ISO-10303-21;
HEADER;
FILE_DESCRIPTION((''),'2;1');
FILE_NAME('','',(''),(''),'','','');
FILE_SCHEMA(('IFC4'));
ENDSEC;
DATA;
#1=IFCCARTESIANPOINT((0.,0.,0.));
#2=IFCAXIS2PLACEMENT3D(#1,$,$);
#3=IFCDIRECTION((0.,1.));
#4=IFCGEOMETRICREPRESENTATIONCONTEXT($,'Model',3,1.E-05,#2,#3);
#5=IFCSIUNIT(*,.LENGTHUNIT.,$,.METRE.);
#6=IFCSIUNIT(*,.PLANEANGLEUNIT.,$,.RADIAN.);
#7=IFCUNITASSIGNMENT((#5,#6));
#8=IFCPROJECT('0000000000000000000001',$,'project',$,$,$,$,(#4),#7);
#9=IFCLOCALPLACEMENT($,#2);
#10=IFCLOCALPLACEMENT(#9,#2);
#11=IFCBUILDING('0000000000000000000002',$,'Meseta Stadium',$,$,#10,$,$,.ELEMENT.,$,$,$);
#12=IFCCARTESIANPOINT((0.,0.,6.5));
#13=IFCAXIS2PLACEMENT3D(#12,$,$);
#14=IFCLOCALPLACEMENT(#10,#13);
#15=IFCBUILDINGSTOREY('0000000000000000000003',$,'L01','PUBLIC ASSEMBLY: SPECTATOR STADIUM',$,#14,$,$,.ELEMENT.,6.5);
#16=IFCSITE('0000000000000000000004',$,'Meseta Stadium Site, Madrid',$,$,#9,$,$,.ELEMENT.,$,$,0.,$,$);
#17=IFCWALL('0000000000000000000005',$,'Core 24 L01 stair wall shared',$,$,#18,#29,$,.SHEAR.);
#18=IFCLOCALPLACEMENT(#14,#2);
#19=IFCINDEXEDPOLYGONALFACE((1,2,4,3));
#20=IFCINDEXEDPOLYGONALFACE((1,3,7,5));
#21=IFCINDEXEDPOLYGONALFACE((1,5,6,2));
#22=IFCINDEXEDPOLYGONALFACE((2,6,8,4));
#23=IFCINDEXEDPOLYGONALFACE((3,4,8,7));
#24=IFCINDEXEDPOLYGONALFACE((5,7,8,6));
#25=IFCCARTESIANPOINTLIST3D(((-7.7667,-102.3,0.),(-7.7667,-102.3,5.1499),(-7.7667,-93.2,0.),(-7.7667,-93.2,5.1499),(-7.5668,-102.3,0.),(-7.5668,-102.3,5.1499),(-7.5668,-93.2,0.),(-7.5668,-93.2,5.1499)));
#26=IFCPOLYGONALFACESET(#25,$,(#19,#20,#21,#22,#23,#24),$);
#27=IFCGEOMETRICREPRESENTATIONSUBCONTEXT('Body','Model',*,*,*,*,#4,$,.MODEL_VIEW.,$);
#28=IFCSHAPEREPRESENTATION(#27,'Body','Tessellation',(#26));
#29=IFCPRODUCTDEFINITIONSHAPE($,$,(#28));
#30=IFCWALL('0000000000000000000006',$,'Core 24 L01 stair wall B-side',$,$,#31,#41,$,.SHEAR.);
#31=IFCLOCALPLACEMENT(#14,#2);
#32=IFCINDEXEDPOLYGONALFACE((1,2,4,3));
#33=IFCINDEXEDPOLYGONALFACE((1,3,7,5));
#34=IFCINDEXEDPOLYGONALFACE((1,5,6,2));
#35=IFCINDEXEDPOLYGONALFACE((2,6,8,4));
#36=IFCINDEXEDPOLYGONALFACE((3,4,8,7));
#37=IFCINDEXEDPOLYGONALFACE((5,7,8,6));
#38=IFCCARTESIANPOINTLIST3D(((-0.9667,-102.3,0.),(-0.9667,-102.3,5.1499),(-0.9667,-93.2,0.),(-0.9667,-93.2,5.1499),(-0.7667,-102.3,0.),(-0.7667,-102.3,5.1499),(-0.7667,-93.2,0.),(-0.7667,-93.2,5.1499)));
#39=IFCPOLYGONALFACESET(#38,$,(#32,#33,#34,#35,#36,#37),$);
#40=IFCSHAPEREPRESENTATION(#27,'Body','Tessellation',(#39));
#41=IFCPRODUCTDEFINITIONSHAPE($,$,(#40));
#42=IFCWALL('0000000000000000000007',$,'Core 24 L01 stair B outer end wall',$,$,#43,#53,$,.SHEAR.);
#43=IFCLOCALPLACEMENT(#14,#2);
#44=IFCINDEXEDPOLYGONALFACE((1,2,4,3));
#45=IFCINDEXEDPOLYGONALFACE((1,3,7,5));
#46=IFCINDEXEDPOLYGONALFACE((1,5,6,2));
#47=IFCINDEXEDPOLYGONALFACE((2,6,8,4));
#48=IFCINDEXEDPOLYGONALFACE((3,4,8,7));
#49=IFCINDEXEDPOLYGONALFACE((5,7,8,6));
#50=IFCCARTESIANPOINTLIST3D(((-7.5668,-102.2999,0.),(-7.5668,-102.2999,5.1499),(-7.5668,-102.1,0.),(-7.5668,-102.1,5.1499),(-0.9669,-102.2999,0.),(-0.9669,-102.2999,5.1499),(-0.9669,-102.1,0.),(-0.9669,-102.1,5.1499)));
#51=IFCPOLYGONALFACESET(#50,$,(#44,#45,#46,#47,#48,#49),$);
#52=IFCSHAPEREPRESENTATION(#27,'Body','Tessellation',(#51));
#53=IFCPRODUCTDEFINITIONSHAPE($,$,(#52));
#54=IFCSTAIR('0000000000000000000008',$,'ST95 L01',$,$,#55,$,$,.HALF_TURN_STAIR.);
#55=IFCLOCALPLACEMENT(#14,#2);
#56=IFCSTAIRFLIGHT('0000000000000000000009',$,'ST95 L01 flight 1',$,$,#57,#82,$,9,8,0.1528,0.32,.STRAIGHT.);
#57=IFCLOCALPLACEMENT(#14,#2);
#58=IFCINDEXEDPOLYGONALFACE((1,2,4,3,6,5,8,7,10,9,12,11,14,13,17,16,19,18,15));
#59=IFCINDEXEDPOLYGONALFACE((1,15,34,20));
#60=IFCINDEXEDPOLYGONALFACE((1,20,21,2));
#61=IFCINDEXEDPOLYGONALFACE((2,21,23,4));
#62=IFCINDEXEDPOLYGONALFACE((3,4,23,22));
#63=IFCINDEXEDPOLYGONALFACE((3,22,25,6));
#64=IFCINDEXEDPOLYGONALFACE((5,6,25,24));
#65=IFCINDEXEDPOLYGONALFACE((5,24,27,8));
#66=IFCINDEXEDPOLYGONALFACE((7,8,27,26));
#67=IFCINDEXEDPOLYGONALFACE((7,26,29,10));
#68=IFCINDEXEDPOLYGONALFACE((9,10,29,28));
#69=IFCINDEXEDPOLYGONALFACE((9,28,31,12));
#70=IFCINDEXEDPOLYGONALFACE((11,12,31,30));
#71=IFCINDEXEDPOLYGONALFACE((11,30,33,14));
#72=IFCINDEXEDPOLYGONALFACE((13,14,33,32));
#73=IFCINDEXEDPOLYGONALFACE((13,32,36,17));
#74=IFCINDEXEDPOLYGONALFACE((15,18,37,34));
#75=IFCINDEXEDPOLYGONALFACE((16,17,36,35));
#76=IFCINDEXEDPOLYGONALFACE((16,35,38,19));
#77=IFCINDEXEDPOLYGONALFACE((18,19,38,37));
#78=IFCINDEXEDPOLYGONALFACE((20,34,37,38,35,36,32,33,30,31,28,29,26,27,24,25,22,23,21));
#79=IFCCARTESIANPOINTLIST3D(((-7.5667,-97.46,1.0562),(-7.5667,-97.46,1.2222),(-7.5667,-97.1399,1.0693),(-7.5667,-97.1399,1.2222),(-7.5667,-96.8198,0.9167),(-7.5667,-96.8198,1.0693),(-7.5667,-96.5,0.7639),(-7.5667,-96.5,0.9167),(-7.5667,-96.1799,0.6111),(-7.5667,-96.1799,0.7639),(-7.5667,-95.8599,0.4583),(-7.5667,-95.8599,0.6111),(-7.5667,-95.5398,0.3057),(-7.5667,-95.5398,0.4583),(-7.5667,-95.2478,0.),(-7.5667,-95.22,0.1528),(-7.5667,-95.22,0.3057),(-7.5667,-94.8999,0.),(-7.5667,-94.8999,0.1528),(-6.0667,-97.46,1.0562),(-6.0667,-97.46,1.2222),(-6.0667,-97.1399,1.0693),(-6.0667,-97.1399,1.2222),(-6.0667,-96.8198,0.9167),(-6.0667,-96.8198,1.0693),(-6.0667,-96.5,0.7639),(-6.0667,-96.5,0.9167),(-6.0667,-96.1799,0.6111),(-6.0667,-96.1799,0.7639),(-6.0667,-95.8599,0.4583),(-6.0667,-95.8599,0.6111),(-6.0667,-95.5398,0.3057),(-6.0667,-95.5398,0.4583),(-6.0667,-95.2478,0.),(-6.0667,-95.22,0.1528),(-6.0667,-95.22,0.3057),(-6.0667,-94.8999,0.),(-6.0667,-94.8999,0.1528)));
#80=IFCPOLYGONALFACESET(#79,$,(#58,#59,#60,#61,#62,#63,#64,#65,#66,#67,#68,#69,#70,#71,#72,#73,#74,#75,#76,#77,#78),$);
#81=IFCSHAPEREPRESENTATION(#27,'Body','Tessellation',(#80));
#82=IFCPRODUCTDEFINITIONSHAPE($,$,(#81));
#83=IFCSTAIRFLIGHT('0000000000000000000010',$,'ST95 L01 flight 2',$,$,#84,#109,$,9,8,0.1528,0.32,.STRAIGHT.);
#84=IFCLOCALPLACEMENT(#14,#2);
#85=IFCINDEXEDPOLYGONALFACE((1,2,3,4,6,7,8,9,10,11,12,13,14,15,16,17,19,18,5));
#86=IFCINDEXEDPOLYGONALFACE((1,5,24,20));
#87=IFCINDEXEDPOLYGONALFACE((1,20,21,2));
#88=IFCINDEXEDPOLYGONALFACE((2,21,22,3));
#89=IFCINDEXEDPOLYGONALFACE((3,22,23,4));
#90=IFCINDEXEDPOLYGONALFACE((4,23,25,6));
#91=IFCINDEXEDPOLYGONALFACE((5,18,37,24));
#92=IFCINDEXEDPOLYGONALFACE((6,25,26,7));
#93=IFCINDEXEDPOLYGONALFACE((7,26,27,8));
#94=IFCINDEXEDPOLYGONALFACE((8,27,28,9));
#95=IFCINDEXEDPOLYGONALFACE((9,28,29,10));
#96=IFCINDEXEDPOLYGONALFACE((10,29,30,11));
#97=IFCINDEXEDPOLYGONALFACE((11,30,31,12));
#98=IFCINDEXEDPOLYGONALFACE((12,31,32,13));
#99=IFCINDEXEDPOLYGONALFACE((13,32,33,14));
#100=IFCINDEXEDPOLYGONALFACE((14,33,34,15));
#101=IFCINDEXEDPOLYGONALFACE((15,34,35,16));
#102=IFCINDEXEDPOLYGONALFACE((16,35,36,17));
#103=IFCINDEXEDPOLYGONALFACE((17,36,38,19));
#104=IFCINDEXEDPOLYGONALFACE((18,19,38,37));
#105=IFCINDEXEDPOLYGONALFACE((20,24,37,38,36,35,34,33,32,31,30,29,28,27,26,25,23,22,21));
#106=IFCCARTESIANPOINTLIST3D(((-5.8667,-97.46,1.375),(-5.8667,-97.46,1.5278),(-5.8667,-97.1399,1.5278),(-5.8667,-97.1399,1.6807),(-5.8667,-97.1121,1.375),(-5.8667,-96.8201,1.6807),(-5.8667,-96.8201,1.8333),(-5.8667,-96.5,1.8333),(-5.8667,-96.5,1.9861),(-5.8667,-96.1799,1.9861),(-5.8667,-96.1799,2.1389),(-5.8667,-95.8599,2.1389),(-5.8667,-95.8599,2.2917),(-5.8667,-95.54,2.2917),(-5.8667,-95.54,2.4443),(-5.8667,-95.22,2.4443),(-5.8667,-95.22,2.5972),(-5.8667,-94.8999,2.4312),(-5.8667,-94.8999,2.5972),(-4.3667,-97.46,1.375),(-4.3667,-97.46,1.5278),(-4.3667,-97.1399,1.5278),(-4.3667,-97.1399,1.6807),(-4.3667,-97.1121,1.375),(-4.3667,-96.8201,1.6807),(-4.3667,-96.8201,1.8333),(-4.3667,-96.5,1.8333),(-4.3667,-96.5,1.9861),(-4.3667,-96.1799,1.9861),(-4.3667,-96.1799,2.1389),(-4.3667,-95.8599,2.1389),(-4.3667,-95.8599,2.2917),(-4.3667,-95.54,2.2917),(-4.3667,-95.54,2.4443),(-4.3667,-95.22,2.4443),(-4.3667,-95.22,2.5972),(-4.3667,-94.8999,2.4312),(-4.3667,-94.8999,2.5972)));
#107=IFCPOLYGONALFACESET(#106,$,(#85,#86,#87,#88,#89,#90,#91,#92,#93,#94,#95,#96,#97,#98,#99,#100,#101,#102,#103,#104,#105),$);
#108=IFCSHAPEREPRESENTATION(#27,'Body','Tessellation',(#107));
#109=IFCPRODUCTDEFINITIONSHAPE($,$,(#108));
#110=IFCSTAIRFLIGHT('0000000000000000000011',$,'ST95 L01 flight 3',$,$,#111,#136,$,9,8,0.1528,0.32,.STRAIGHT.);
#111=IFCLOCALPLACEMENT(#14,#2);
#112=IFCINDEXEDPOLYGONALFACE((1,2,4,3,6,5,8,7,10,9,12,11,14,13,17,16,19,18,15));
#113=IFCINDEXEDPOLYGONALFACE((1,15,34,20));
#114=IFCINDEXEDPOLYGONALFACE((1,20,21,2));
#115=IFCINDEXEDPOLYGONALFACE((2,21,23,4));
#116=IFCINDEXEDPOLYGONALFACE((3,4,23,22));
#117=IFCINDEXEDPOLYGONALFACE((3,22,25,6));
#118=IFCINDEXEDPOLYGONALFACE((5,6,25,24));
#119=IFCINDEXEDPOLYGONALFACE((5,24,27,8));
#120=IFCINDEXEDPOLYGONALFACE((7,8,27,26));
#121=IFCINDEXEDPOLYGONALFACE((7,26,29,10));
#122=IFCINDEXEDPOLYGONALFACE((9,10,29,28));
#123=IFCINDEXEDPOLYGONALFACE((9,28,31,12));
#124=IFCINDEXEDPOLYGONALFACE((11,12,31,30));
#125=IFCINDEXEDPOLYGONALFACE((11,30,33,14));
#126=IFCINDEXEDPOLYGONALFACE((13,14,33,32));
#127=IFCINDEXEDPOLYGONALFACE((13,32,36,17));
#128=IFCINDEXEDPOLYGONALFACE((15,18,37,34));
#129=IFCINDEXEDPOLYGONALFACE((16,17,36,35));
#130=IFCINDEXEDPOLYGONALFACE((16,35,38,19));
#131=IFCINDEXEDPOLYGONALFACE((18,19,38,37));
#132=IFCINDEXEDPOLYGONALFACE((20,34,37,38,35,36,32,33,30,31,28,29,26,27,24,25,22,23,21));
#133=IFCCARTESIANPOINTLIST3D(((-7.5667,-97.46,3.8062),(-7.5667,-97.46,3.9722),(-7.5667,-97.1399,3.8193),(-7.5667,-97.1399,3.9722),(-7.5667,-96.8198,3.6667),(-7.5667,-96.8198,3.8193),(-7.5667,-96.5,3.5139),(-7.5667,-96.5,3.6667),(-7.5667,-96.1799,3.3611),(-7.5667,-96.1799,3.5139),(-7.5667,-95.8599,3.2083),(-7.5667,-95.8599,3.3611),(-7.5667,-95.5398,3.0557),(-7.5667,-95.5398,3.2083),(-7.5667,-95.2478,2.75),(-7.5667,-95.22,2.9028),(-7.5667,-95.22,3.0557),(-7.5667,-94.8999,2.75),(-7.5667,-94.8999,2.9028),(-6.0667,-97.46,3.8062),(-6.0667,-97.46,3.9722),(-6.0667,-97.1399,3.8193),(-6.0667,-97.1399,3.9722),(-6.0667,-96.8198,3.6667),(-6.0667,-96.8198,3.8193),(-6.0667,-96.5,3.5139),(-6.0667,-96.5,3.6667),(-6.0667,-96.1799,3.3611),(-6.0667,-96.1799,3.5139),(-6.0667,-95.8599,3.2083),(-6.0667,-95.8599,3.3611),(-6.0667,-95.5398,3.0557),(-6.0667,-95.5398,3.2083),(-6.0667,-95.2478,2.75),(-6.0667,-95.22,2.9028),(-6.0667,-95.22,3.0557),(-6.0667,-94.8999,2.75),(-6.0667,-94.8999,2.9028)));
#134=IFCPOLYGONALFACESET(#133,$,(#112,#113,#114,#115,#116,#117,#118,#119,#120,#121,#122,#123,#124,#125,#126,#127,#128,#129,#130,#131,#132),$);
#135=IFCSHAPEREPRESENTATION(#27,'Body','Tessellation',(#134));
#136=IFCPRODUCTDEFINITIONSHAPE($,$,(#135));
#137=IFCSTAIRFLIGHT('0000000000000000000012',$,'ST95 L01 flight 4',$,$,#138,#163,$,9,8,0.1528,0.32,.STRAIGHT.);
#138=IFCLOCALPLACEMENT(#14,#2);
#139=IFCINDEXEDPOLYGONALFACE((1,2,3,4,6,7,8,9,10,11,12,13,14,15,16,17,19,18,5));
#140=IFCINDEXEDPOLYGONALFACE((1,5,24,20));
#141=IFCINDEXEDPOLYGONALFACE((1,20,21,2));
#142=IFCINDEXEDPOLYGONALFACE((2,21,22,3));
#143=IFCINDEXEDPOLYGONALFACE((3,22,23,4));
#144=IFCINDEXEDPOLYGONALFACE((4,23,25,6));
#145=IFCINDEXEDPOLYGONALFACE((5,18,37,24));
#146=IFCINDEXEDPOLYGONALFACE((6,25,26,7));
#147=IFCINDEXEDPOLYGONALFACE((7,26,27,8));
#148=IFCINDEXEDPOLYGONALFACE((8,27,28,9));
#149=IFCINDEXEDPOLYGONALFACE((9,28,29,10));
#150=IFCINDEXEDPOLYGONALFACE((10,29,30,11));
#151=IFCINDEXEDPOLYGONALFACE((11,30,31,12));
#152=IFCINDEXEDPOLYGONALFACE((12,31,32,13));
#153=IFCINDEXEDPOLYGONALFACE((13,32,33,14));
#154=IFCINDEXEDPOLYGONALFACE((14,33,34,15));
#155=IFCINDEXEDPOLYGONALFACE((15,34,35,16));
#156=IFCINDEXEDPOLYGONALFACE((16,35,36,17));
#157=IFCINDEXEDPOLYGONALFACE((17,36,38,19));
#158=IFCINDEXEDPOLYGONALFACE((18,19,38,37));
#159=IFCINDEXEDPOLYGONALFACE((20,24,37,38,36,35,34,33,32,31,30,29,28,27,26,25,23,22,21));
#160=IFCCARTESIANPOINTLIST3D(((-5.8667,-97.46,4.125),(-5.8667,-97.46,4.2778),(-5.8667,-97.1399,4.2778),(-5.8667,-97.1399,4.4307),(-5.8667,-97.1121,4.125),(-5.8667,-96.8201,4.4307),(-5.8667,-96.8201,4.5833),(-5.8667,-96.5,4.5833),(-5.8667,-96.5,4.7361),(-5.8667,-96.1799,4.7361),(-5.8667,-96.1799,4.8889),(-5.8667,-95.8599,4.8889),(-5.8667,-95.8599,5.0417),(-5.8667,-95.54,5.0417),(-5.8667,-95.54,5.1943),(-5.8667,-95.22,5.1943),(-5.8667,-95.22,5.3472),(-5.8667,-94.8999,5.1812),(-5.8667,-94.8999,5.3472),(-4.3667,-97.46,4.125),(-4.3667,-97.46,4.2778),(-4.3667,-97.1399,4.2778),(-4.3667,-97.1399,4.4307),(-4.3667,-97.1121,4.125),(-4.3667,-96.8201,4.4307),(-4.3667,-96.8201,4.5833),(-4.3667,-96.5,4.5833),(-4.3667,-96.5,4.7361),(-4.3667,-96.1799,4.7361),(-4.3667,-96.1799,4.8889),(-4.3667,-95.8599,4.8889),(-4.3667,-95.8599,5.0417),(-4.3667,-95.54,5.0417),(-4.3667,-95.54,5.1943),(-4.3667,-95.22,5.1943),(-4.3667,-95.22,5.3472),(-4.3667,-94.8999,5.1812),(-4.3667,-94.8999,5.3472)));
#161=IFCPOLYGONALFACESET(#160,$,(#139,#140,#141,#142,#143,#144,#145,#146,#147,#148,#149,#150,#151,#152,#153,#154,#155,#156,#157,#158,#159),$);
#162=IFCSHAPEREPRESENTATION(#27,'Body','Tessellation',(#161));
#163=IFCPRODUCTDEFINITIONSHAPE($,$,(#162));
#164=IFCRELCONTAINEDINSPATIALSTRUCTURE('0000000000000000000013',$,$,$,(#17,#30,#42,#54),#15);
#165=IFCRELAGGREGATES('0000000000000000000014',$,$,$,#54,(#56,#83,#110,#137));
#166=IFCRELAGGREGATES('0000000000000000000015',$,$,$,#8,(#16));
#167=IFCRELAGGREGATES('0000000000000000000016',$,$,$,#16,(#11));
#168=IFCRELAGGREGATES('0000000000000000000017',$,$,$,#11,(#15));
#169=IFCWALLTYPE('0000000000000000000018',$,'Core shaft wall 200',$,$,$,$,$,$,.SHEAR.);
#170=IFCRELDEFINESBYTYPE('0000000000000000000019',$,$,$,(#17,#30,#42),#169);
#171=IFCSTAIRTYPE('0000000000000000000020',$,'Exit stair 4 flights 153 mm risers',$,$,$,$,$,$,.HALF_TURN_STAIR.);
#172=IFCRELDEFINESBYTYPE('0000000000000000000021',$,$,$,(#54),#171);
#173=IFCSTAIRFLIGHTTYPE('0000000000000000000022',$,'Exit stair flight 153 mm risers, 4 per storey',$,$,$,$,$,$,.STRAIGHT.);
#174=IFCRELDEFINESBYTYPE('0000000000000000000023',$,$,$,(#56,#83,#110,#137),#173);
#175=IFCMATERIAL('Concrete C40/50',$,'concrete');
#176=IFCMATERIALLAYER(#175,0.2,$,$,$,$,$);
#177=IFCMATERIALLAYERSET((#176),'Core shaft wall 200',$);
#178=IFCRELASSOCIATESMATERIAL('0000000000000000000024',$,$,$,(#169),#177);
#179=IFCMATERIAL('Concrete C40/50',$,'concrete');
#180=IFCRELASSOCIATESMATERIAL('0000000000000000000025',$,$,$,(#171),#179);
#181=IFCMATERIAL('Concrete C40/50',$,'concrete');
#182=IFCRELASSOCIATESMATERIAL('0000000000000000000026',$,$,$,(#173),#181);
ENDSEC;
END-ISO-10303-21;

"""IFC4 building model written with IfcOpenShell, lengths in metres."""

from ifc_helpers import new_model, si_unit, direction, frame, frame_2d, origin, place, context, subcontext, project, spatial, polyline, rectangle, outline, extrude, material, layer, layer_set, type_object, element, aggregate, save


model = new_model("IFC4")

# Units and contexts
model_context = context("Model", 3, precision=1e-05, world=origin(), true_north=direction((0.0, 1.0)))
body_context = subcontext(model_context, "Body", "Model", "MODEL_VIEW")
ifc_project = project(units=[si_unit("LENGTHUNIT", "METRE"), si_unit("PLANEANGLEUNIT", "RADIAN")], contexts=[model_context])

# Site, building, storey
site_placement = place(None, origin())
site = spatial("IfcSite", under=ifc_project, at=site_placement, Name="Meseta Stadium Site, Madrid", CompositionType="ELEMENT", RefElevation=0.0)
building_placement = place(site_placement, origin())
building = spatial("IfcBuilding", under=site, at=building_placement, Name="Meseta Stadium", CompositionType="ELEMENT")
storey_placement = place(building_placement, frame((0.0, 0.0, 6.5)))
storey = spatial("IfcBuildingStorey", under=building, at=storey_placement, Name="L01", Description="PUBLIC ASSEMBLY: SPECTATOR STADIUM", CompositionType="ELEMENT", Elevation=6.5)

# Walls
ifc_material_1 = material(Name="Concrete C40/50", Category="concrete")
ifc_layer_1 = layer(ifc_material_1, 0.2)
ifc_layer_set_1 = layer_set([ifc_layer_1], Name="Core shaft wall 200")
wall_type_1 = type_object("IfcWallType", Name="Core shaft wall 200", PredefinedType="SHEAR", material=ifc_layer_set_1)
for number, where, z_axis, x_axis, name in (
    (1, (-7.6667, -102.3, 0.0), (0.0, 0.0, 1.0), (0.0, 1.0, 0.0), "Core 24 L01 stair wall shared"),
    (2, (-0.8667, -102.3, 0.0), (0.0, 0.0, 1.0), (0.0, 1.0, 0.0), "Core 24 L01 stair wall B-side"),
):
    element("IfcWall", number, at=place(storey_placement, frame(where, z_axis=z_axis, x_axis=x_axis)), inside=storey, type_object=wall_type_1, Name=name, PredefinedType="SHEAR", context=body_context, shape_type="SweptSolid", body=[
        extrude(rectangle(XDim=9.1001, YDim=0.2, at=frame_2d((4.55, 0.0))), origin(), (0.0, 0.0, 1.0), 5.1499),
    ])
wall_1_placement = place(storey_placement, frame((-7.5667, -102.2, 0.0), z_axis=(0.0, 0.0, 1.0), x_axis=(1.0, 0.0, 0.0)))
element("IfcWall", 3, at=wall_1_placement, inside=storey, type_object=wall_type_1, Name="Core 24 L01 stair B outer end wall", PredefinedType="SHEAR", context=body_context, shape_type="SweptSolid", body=[
    extrude(rectangle(XDim=6.5999, YDim=0.2, at=frame_2d((3.2998, 0.0))), origin(), (0.0, 0.0, 1.0), 5.1499),
])

# Stair, stair flights
ifc_material_2 = material(Name="Concrete C40/50", Category="concrete")
stair_type = type_object("IfcStairType", Name="Exit stair 4 flights 153 mm risers", PredefinedType="HALF_TURN_STAIR", material=ifc_material_2)
stair_1_placement = place(storey_placement, origin())
stair_1 = element("IfcStair", 4, at=stair_1_placement, inside=storey, type_object=stair_type, Name="ST95 L01", PredefinedType="HALF_TURN_STAIR")
ifc_material_3 = material(Name="Concrete C40/50", Category="concrete")
stair_flight_type = type_object("IfcStairFlightType", Name="Exit stair flight 153 mm risers, 4 per storey", PredefinedType="STRAIGHT", material=ifc_material_3)
stair_flight_1_placement = place(storey_placement, frame((-6.8167, -94.8999, 0.0), z_axis=(0.0, 0.0, 1.0), x_axis=(0.0, -1.0, 0.0)))
stair_flight_1 = element("IfcStairFlight", 5, at=stair_flight_1_placement, type_object=stair_flight_type, Name="ST95 L01 flight 1", NumberOfRisers=9, NumberOfTreads=8, PredefinedType="STRAIGHT", RiserHeight=0.1528, TreadLength=0.32, context=body_context, shape_type="SweptSolid", body=[
    extrude(outline(polyline([(0.0, 0.0), (0.0, 0.1528), (0.3201, 0.1528), (0.3201, 0.3057), (0.6399, 0.3057), (0.6399, 0.4583), (0.96, 0.4583), (0.96, 0.6111), (1.28, 0.6111), (1.28, 0.7639), (1.6001, 0.7639), (1.6001, 0.9167), (1.9199, 0.9167), (1.9199, 1.0693), (2.24, 1.0693), (2.24, 1.2222), (2.5601, 1.2222), (2.5601, 1.0562), (0.3479, 0.0), (0.0, 0.0)])), frame((0.0, 0.75, 0.0), z_axis=(0.0, -1.0, 0.0), x_axis=(1.0, 0.0, 0.0)), (0.0, 0.0, 1.0), 1.5),
])
stair_flight_2_placement = place(storey_placement, frame((-5.1167, -97.46, 1.375), z_axis=(0.0, 0.0, 1.0), x_axis=(0.0, 1.0, 0.0)))
stair_flight_2 = element("IfcStairFlight", 6, at=stair_flight_2_placement, type_object=stair_flight_type, Name="ST95 L01 flight 2", NumberOfRisers=9, NumberOfTreads=8, PredefinedType="STRAIGHT", RiserHeight=0.1528, TreadLength=0.32, context=body_context, shape_type="SweptSolid", body=[
    extrude(outline(polyline([(0.0, 0.0), (0.0, 0.1528), (0.3201, 0.1528), (0.3201, 0.3057), (0.6399, 0.3057), (0.6399, 0.4583), (0.96, 0.4583), (0.96, 0.6111), (1.28, 0.6111), (1.28, 0.7639), (1.6001, 0.7639), (1.6001, 0.9167), (1.9199, 0.9167), (1.9199, 1.0693), (2.24, 1.0693), (2.24, 1.2222), (2.5601, 1.2222), (2.5601, 1.0562), (0.3479, 0.0), (0.0, 0.0)])), frame((0.0, 0.75, 0.0), z_axis=(0.0, -1.0, 0.0), x_axis=(1.0, 0.0, 0.0)), (0.0, 0.0, 1.0), 1.5),
])
stair_flight_3_placement = place(storey_placement, frame((-6.8167, -94.8999, 2.75), z_axis=(0.0, 0.0, 1.0), x_axis=(0.0, -1.0, 0.0)))
stair_flight_3 = element("IfcStairFlight", 7, at=stair_flight_3_placement, type_object=stair_flight_type, Name="ST95 L01 flight 3", NumberOfRisers=9, NumberOfTreads=8, PredefinedType="STRAIGHT", RiserHeight=0.1528, TreadLength=0.32, context=body_context, shape_type="SweptSolid", body=[
    extrude(outline(polyline([(0.0, 0.0), (0.0, 0.1528), (0.3201, 0.1528), (0.3201, 0.3057), (0.6399, 0.3057), (0.6399, 0.4583), (0.96, 0.4583), (0.96, 0.6111), (1.28, 0.6111), (1.28, 0.7639), (1.6001, 0.7639), (1.6001, 0.9167), (1.9199, 0.9167), (1.9199, 1.0693), (2.24, 1.0693), (2.24, 1.2222), (2.5601, 1.2222), (2.5601, 1.0562), (0.3479, 0.0), (0.0, 0.0)])), frame((0.0, 0.75, 0.0), z_axis=(0.0, -1.0, 0.0), x_axis=(1.0, 0.0, 0.0)), (0.0, 0.0, 1.0), 1.5),
])
stair_flight_4_placement = place(storey_placement, frame((-5.1167, -97.46, 4.125), z_axis=(0.0, 0.0, 1.0), x_axis=(0.0, 1.0, 0.0)))
stair_flight_4 = element("IfcStairFlight", 8, at=stair_flight_4_placement, type_object=stair_flight_type, Name="ST95 L01 flight 4", NumberOfRisers=9, NumberOfTreads=8, PredefinedType="STRAIGHT", RiserHeight=0.1528, TreadLength=0.32, context=body_context, shape_type="SweptSolid", body=[
    extrude(outline(polyline([(0.0, 0.0), (0.0, 0.1528), (0.3201, 0.1528), (0.3201, 0.3057), (0.6399, 0.3057), (0.6399, 0.4583), (0.96, 0.4583), (0.96, 0.6111), (1.28, 0.6111), (1.28, 0.7639), (1.6001, 0.7639), (1.6001, 0.9167), (1.9199, 0.9167), (1.9199, 1.0693), (2.24, 1.0693), (2.24, 1.2222), (2.5601, 1.2222), (2.5601, 1.0562), (0.3479, 0.0), (0.0, 0.0)])), frame((0.0, 0.75, 0.0), z_axis=(0.0, -1.0, 0.0), x_axis=(1.0, 0.0, 0.0)), (0.0, 0.0, 1.0), 1.5),
])
aggregate(stair_1, [stair_flight_1, stair_flight_2, stair_flight_3, stair_flight_4])

save(model, "model.ifc")
